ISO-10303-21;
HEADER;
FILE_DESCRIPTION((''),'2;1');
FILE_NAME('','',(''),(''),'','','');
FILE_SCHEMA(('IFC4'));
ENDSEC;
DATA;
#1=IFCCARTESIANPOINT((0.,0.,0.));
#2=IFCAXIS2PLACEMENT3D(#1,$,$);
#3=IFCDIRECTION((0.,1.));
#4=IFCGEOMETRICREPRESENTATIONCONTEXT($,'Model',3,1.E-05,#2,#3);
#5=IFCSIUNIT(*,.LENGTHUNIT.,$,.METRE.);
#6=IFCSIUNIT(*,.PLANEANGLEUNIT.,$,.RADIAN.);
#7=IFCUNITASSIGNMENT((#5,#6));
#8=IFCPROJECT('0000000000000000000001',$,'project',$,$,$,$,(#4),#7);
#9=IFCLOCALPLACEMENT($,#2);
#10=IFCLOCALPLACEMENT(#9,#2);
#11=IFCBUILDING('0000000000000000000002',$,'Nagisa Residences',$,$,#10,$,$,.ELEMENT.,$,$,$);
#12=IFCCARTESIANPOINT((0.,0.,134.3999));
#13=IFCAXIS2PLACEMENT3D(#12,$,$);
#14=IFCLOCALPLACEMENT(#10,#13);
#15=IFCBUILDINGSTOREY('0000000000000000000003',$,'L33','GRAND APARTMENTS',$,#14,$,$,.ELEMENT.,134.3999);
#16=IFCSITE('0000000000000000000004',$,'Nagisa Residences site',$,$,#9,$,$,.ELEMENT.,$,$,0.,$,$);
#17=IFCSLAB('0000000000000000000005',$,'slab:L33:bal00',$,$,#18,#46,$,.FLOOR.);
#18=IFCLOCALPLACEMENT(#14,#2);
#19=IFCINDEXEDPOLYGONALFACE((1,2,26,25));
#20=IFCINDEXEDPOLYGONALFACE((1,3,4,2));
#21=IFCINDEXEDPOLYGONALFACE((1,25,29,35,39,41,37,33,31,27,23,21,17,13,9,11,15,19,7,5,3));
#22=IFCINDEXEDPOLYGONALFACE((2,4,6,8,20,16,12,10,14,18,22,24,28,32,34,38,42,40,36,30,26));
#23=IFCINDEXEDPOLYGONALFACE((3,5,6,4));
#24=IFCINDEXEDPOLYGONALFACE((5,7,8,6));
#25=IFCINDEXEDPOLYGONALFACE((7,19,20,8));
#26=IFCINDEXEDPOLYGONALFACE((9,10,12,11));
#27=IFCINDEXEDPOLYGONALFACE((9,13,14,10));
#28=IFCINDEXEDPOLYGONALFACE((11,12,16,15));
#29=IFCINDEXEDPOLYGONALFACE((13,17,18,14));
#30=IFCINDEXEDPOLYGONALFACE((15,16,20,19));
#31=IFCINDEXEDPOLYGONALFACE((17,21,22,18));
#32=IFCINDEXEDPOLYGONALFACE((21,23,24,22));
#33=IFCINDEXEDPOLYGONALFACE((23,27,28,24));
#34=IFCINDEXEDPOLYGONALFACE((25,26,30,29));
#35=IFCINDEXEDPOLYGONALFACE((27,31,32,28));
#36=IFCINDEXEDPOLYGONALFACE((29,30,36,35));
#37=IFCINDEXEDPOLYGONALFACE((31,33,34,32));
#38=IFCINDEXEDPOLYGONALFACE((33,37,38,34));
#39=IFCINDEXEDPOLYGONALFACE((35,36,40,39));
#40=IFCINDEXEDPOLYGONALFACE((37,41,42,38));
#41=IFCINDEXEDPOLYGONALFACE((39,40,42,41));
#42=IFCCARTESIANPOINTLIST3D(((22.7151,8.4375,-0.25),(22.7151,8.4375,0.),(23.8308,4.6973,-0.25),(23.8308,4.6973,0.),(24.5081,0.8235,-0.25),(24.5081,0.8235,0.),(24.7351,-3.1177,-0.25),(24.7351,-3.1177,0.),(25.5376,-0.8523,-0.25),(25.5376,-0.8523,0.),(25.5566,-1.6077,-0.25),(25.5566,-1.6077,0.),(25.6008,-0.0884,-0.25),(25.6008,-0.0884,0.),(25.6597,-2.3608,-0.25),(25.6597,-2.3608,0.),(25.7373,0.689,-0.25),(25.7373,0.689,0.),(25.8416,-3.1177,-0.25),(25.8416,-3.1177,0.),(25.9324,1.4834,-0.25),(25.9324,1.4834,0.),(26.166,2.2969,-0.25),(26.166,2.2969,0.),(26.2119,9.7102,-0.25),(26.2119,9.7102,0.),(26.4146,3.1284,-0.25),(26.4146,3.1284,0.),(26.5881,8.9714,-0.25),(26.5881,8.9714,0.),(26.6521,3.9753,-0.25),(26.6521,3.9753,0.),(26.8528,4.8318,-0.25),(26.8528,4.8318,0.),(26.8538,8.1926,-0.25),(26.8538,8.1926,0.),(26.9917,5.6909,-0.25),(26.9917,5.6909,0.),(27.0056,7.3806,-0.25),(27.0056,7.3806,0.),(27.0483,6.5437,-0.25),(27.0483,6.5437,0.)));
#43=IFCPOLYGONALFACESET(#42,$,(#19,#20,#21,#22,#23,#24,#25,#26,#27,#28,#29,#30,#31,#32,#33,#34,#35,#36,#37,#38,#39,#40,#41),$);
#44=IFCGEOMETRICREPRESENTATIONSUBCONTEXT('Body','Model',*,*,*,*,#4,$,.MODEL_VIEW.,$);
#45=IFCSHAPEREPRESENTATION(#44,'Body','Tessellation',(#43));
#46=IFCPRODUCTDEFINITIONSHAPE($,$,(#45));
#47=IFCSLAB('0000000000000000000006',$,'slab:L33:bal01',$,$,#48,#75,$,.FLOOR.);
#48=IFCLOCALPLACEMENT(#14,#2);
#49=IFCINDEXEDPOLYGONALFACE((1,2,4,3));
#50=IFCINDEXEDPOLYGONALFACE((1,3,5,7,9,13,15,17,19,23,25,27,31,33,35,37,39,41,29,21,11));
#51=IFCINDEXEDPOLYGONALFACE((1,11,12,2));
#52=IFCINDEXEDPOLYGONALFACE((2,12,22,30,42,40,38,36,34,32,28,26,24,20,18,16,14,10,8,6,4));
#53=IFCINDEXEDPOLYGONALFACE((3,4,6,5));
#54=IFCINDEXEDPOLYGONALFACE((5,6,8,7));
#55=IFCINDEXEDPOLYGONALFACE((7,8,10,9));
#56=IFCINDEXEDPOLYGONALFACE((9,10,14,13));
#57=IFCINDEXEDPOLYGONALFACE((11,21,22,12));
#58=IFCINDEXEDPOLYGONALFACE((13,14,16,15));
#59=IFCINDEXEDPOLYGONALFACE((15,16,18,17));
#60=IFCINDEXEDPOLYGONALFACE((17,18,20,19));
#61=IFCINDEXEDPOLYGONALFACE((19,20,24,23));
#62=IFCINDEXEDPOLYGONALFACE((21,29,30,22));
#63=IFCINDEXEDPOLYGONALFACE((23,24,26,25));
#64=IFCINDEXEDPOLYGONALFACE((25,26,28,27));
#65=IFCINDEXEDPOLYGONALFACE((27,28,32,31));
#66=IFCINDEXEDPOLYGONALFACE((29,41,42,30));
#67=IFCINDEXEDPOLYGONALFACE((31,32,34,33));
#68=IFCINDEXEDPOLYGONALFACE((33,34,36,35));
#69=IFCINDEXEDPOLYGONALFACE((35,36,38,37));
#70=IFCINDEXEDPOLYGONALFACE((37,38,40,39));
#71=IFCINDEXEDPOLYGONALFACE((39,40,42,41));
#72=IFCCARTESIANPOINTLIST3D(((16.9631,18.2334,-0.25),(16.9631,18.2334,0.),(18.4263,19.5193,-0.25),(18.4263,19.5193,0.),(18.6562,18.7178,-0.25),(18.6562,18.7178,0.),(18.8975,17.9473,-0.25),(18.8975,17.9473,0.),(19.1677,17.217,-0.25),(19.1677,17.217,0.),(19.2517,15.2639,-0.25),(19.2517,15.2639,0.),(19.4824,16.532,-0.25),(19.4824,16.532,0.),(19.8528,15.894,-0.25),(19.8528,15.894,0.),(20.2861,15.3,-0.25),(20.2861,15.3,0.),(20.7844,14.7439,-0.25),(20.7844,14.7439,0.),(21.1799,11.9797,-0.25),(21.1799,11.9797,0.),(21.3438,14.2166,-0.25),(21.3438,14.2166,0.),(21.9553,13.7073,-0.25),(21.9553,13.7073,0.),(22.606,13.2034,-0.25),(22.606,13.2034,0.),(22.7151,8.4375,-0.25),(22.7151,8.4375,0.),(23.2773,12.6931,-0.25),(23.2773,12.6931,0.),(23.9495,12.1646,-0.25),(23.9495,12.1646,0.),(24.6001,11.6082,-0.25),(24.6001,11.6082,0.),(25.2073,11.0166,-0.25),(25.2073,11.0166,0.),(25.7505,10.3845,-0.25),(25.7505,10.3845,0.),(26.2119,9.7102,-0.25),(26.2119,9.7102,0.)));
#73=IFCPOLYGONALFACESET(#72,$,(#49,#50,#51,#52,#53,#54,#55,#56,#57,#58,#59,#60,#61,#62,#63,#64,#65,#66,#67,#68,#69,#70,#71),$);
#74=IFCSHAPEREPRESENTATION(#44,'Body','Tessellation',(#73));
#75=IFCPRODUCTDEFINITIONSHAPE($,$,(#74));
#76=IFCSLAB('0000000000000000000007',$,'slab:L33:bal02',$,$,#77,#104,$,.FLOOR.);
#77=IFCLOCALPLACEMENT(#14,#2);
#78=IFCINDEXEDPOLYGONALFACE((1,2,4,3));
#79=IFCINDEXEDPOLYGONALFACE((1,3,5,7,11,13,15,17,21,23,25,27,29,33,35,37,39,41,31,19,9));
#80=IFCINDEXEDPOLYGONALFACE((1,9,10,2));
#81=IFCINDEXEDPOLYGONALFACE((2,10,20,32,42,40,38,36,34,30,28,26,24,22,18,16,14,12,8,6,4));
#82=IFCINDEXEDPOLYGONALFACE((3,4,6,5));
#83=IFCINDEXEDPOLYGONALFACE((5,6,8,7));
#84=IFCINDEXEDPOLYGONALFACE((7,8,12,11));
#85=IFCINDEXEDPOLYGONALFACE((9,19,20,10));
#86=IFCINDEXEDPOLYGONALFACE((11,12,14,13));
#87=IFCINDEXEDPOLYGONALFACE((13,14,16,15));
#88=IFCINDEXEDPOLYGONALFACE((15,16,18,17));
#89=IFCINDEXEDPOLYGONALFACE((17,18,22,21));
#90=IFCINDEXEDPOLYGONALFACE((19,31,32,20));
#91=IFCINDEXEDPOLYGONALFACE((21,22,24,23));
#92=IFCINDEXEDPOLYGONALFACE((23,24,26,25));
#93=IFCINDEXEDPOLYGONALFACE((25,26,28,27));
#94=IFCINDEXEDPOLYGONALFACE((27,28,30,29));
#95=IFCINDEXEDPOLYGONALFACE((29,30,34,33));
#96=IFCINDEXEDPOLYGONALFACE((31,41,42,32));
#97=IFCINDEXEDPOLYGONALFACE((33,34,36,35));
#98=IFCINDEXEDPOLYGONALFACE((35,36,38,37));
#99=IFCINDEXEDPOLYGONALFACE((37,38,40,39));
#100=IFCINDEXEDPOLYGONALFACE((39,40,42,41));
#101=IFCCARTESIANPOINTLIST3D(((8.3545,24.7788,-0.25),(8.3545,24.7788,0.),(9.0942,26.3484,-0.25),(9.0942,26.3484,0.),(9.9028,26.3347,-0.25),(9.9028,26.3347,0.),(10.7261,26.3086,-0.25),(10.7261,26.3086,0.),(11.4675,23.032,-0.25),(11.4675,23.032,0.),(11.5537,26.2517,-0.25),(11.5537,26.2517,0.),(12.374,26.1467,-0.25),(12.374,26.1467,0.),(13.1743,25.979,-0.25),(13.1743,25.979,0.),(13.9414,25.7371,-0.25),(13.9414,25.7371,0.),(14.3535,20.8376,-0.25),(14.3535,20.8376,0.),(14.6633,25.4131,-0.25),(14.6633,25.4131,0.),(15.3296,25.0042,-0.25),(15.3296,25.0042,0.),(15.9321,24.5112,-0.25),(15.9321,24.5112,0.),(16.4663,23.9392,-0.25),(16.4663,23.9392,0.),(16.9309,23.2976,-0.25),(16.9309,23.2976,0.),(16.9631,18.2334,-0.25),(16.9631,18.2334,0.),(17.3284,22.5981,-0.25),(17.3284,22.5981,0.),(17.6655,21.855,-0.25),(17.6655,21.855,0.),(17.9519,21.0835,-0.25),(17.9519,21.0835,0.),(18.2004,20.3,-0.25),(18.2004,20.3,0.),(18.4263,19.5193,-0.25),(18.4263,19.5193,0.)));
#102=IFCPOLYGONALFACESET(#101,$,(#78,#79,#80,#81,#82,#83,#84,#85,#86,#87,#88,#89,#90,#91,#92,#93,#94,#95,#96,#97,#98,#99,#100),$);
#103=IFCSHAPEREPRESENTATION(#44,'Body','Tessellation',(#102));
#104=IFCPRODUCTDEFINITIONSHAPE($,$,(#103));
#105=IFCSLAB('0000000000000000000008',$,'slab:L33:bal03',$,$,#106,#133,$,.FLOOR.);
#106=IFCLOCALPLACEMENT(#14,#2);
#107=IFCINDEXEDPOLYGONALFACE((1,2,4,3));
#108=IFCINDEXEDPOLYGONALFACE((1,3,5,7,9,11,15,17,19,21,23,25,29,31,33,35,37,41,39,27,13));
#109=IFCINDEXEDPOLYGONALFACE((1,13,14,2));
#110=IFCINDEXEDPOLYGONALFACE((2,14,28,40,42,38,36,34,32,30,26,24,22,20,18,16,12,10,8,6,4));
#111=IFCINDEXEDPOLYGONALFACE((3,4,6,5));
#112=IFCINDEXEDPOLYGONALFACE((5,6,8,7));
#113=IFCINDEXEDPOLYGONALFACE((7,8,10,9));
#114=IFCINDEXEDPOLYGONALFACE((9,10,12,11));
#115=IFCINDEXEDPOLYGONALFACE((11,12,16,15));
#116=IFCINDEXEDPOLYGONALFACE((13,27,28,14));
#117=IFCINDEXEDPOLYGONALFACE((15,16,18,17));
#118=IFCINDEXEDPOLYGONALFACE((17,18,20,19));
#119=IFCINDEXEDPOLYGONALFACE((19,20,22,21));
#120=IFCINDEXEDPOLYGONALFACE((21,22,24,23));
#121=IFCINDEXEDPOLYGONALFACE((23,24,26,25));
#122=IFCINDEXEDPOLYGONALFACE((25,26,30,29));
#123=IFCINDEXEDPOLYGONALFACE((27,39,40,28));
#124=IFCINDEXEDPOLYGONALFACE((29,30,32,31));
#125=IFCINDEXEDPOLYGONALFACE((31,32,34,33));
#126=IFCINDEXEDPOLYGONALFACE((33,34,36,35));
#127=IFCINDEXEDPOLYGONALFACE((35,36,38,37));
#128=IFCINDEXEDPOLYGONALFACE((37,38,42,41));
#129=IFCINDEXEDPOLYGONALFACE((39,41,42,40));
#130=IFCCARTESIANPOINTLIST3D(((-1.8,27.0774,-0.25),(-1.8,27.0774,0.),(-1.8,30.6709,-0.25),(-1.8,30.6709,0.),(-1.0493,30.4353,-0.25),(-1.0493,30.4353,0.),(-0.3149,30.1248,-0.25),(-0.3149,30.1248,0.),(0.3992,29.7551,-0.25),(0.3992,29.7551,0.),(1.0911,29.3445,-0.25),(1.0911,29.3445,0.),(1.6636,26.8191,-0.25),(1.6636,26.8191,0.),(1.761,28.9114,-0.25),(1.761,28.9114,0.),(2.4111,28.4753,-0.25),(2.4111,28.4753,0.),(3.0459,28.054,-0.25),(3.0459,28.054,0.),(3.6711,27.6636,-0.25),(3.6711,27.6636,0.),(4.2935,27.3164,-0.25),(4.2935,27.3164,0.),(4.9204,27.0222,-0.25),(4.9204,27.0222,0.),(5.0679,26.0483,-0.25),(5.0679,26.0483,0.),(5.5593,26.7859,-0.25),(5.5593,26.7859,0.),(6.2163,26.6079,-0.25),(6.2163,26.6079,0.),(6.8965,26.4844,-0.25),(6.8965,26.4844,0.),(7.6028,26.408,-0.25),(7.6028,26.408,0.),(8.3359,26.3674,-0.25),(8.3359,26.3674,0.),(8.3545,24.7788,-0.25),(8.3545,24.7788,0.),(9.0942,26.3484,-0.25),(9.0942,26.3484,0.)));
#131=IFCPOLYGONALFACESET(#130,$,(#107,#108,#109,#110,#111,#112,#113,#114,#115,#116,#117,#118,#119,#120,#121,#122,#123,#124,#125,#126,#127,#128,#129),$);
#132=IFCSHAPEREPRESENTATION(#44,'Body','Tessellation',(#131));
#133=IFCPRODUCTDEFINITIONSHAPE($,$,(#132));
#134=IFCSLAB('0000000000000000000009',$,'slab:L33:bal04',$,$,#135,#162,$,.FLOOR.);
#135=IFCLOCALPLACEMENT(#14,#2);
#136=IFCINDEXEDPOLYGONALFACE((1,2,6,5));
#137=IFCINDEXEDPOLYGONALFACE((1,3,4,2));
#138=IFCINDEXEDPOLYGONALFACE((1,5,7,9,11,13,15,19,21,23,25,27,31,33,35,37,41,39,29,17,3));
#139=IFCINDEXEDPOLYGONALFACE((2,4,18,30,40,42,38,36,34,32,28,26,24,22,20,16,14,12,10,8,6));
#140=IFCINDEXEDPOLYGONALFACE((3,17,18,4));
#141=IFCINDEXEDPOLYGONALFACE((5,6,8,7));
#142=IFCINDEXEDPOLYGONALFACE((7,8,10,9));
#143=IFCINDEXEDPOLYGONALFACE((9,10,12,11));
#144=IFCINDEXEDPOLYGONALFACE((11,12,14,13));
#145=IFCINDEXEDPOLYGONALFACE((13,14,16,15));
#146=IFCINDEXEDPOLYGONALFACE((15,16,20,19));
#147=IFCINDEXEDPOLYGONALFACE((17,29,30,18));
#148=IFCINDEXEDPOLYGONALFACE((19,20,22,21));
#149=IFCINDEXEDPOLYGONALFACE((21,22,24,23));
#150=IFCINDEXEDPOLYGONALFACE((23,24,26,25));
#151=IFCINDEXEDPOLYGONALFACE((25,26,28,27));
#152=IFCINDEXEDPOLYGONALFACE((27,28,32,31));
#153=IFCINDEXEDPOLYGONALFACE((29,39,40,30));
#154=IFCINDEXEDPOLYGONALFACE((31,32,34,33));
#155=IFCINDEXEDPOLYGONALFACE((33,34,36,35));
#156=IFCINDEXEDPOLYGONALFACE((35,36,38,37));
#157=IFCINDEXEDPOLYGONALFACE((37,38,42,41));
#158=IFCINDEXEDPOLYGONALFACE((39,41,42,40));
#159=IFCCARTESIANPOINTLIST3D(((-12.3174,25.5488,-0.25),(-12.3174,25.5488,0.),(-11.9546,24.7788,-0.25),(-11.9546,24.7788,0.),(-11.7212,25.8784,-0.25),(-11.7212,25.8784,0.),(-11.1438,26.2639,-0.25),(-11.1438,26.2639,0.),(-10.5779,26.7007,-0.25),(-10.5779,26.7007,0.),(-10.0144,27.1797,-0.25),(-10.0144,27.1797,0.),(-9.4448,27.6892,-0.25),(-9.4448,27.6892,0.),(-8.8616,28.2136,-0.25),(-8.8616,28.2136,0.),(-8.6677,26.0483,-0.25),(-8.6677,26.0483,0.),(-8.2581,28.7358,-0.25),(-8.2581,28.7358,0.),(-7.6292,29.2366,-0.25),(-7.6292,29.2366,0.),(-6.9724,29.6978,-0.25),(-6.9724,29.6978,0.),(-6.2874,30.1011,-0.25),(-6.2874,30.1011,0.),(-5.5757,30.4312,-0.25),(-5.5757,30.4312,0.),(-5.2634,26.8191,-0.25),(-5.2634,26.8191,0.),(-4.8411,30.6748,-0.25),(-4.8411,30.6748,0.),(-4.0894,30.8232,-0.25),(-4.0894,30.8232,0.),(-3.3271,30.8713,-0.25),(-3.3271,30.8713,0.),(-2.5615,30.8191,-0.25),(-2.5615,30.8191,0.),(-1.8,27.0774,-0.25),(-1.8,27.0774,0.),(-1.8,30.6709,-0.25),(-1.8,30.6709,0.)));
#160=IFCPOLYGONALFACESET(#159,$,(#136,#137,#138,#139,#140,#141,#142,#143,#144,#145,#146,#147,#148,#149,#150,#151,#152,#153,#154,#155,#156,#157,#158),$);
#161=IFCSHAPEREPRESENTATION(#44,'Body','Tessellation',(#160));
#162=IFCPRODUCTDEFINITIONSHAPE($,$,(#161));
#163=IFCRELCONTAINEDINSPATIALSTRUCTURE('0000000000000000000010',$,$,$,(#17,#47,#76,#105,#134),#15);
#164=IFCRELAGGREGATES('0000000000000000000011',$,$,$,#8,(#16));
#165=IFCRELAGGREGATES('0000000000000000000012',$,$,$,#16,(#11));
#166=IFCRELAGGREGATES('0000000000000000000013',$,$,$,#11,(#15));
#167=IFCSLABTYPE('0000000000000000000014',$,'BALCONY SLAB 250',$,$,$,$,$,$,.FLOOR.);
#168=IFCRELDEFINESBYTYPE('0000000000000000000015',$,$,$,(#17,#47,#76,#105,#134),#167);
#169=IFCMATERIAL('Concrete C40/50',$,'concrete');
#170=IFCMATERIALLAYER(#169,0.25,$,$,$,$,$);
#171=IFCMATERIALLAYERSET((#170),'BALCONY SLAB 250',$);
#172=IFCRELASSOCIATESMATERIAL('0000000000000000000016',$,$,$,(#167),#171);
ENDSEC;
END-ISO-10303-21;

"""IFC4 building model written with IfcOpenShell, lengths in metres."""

from ifc_helpers import new_model, si_unit, direction, frame, origin, place, context, subcontext, project, spatial, polyline, outline, extrude, material, layer, layer_set, type_object, element, save


model = new_model("IFC4")

# Units and contexts
model_context = context("Model", 3, precision=1e-05, world=origin(), true_north=direction((0.0, 1.0)))
body_context = subcontext(model_context, "Body", "Model", "MODEL_VIEW")
ifc_project = project(units=[si_unit("LENGTHUNIT", "METRE"), si_unit("PLANEANGLEUNIT", "RADIAN")], contexts=[model_context])

# Site, building, storey
site_placement = place(None, origin())
site = spatial("IfcSite", under=ifc_project, at=site_placement, Name="Nagisa Residences site", CompositionType="ELEMENT", RefElevation=0.0)
building_placement = place(site_placement, origin())
building = spatial("IfcBuilding", under=site, at=building_placement, Name="Nagisa Residences", CompositionType="ELEMENT")
storey_placement = place(building_placement, frame((0.0, 0.0, 134.3999)))
storey = spatial("IfcBuildingStorey", under=building, at=storey_placement, Name="L33", Description="GRAND APARTMENTS", CompositionType="ELEMENT", Elevation=134.3999)

# Slabs
ifc_material_1 = material(Name="Concrete C40/50", Category="concrete")
ifc_layer_1 = layer(ifc_material_1, 0.25)
ifc_layer_set_1 = layer_set([ifc_layer_1], Name="BALCONY SLAB 250")
slab_type = type_object("IfcSlabType", Name="BALCONY SLAB 250", PredefinedType="FLOOR", material=ifc_layer_set_1)
slab_1_placement = place(storey_placement, frame((0.0, 0.0, -0.25)))
element("IfcSlab", 1, at=slab_1_placement, inside=storey, type_object=slab_type, Name="slab:L33:bal00", PredefinedType="FLOOR", context=body_context, shape_type="SweptSolid", body=[
    extrude(outline(polyline([(25.8416, -3.1177), (25.6597, -2.3608), (25.5566, -1.6077), (25.5376, -0.8523), (25.6008, -0.0884), (25.7373, 0.689), (25.9324, 1.4834), (26.166, 2.2969), (26.4146, 3.1284), (26.6521, 3.9753), (26.8528, 4.8318), (26.9917, 5.6909), (27.0483, 6.5437), (27.0056, 7.3806), (26.8538, 8.1926), (26.5881, 8.9714), (26.2119, 9.7102), (22.7151, 8.4375), (23.8308, 4.6973), (24.5081, 0.8235), (24.7351, -3.1177), (25.8416, -3.1177)])), origin(), (0.0, 0.0, 1.0), 0.25),
])
slab_2_placement = place(storey_placement, frame((0.0, 0.0, -0.25)))
element("IfcSlab", 2, at=slab_2_placement, inside=storey, type_object=slab_type, Name="slab:L33:bal01", PredefinedType="FLOOR", context=body_context, shape_type="SweptSolid", body=[
    extrude(outline(polyline([(26.2119, 9.7102), (25.7505, 10.3845), (25.2073, 11.0166), (24.6001, 11.6082), (23.9495, 12.1646), (23.2773, 12.6931), (22.606, 13.2034), (21.9553, 13.7073), (21.3438, 14.2166), (20.7844, 14.7439), (20.2861, 15.3), (19.8528, 15.894), (19.4824, 16.532), (19.1677, 17.217), (18.8975, 17.9473), (18.6562, 18.7178), (18.4263, 19.5193), (16.9631, 18.2334), (19.2517, 15.2639), (21.1799, 11.9797), (22.7151, 8.4375), (26.2119, 9.7102)])), origin(), (0.0, 0.0, 1.0), 0.25),
])
slab_3_placement = place(storey_placement, frame((0.0, 0.0, -0.25)))
element("IfcSlab", 3, at=slab_3_placement, inside=storey, type_object=slab_type, Name="slab:L33:bal02", PredefinedType="FLOOR", context=body_context, shape_type="SweptSolid", body=[
    extrude(outline(polyline([(18.4263, 19.5193), (18.2004, 20.3), (17.9519, 21.0835), (17.6655, 21.855), (17.3284, 22.5981), (16.9309, 23.2976), (16.4663, 23.9392), (15.9321, 24.5112), (15.3296, 25.0042), (14.6633, 25.4131), (13.9414, 25.7371), (13.1743, 25.979), (12.374, 26.1467), (11.5537, 26.2517), (10.7261, 26.3086), (9.9028, 26.3347), (9.0942, 26.3484), (8.3545, 24.7788), (11.4675, 23.032), (14.3535, 20.8376), (16.9631, 18.2334), (18.4263, 19.5193)])), origin(), (0.0, 0.0, 1.0), 0.25),
])
slab_4_placement = place(storey_placement, frame((0.0, 0.0, -0.25)))
element("IfcSlab", 4, at=slab_4_placement, inside=storey, type_object=slab_type, Name="slab:L33:bal03", PredefinedType="FLOOR", context=body_context, shape_type="SweptSolid", body=[
    extrude(outline(polyline([(9.0942, 26.3484), (8.3359, 26.3674), (7.6028, 26.408), (6.8965, 26.4844), (6.2163, 26.6079), (5.5593, 26.7859), (4.9204, 27.0222), (4.2935, 27.3164), (3.6711, 27.6636), (3.0459, 28.054), (2.4111, 28.4753), (1.761, 28.9114), (1.0911, 29.3445), (0.3992, 29.7551), (-0.3149, 30.1248), (-1.0493, 30.4353), (-1.8, 30.6709), (-1.8, 27.0774), (1.6636, 26.8191), (5.0679, 26.0483), (8.3545, 24.7788), (9.0942, 26.3484)])), origin(), (0.0, 0.0, 1.0), 0.25),
])
slab_5_placement = place(storey_placement, frame((0.0, 0.0, -0.25)))
element("IfcSlab", 5, at=slab_5_placement, inside=storey, type_object=slab_type, Name="slab:L33:bal04", PredefinedType="FLOOR", context=body_context, shape_type="SweptSolid", body=[
    extrude(outline(polyline([(-1.8, 30.6709), (-2.5615, 30.8191), (-3.3271, 30.8713), (-4.0894, 30.8232), (-4.8411, 30.6748), (-5.5757, 30.4312), (-6.2874, 30.1011), (-6.9724, 29.6978), (-7.6292, 29.2366), (-8.2581, 28.7358), (-8.8616, 28.2136), (-9.4448, 27.6892), (-10.0144, 27.1797), (-10.5779, 26.7007), (-11.1438, 26.2639), (-11.7212, 25.8784), (-12.3174, 25.5488), (-11.9546, 24.7788), (-8.6677, 26.0483), (-5.2634, 26.8191), (-1.8, 27.0774), (-1.8, 30.6709)])), origin(), (0.0, 0.0, 1.0), 0.25),
])

save(model, "model.ifc")
